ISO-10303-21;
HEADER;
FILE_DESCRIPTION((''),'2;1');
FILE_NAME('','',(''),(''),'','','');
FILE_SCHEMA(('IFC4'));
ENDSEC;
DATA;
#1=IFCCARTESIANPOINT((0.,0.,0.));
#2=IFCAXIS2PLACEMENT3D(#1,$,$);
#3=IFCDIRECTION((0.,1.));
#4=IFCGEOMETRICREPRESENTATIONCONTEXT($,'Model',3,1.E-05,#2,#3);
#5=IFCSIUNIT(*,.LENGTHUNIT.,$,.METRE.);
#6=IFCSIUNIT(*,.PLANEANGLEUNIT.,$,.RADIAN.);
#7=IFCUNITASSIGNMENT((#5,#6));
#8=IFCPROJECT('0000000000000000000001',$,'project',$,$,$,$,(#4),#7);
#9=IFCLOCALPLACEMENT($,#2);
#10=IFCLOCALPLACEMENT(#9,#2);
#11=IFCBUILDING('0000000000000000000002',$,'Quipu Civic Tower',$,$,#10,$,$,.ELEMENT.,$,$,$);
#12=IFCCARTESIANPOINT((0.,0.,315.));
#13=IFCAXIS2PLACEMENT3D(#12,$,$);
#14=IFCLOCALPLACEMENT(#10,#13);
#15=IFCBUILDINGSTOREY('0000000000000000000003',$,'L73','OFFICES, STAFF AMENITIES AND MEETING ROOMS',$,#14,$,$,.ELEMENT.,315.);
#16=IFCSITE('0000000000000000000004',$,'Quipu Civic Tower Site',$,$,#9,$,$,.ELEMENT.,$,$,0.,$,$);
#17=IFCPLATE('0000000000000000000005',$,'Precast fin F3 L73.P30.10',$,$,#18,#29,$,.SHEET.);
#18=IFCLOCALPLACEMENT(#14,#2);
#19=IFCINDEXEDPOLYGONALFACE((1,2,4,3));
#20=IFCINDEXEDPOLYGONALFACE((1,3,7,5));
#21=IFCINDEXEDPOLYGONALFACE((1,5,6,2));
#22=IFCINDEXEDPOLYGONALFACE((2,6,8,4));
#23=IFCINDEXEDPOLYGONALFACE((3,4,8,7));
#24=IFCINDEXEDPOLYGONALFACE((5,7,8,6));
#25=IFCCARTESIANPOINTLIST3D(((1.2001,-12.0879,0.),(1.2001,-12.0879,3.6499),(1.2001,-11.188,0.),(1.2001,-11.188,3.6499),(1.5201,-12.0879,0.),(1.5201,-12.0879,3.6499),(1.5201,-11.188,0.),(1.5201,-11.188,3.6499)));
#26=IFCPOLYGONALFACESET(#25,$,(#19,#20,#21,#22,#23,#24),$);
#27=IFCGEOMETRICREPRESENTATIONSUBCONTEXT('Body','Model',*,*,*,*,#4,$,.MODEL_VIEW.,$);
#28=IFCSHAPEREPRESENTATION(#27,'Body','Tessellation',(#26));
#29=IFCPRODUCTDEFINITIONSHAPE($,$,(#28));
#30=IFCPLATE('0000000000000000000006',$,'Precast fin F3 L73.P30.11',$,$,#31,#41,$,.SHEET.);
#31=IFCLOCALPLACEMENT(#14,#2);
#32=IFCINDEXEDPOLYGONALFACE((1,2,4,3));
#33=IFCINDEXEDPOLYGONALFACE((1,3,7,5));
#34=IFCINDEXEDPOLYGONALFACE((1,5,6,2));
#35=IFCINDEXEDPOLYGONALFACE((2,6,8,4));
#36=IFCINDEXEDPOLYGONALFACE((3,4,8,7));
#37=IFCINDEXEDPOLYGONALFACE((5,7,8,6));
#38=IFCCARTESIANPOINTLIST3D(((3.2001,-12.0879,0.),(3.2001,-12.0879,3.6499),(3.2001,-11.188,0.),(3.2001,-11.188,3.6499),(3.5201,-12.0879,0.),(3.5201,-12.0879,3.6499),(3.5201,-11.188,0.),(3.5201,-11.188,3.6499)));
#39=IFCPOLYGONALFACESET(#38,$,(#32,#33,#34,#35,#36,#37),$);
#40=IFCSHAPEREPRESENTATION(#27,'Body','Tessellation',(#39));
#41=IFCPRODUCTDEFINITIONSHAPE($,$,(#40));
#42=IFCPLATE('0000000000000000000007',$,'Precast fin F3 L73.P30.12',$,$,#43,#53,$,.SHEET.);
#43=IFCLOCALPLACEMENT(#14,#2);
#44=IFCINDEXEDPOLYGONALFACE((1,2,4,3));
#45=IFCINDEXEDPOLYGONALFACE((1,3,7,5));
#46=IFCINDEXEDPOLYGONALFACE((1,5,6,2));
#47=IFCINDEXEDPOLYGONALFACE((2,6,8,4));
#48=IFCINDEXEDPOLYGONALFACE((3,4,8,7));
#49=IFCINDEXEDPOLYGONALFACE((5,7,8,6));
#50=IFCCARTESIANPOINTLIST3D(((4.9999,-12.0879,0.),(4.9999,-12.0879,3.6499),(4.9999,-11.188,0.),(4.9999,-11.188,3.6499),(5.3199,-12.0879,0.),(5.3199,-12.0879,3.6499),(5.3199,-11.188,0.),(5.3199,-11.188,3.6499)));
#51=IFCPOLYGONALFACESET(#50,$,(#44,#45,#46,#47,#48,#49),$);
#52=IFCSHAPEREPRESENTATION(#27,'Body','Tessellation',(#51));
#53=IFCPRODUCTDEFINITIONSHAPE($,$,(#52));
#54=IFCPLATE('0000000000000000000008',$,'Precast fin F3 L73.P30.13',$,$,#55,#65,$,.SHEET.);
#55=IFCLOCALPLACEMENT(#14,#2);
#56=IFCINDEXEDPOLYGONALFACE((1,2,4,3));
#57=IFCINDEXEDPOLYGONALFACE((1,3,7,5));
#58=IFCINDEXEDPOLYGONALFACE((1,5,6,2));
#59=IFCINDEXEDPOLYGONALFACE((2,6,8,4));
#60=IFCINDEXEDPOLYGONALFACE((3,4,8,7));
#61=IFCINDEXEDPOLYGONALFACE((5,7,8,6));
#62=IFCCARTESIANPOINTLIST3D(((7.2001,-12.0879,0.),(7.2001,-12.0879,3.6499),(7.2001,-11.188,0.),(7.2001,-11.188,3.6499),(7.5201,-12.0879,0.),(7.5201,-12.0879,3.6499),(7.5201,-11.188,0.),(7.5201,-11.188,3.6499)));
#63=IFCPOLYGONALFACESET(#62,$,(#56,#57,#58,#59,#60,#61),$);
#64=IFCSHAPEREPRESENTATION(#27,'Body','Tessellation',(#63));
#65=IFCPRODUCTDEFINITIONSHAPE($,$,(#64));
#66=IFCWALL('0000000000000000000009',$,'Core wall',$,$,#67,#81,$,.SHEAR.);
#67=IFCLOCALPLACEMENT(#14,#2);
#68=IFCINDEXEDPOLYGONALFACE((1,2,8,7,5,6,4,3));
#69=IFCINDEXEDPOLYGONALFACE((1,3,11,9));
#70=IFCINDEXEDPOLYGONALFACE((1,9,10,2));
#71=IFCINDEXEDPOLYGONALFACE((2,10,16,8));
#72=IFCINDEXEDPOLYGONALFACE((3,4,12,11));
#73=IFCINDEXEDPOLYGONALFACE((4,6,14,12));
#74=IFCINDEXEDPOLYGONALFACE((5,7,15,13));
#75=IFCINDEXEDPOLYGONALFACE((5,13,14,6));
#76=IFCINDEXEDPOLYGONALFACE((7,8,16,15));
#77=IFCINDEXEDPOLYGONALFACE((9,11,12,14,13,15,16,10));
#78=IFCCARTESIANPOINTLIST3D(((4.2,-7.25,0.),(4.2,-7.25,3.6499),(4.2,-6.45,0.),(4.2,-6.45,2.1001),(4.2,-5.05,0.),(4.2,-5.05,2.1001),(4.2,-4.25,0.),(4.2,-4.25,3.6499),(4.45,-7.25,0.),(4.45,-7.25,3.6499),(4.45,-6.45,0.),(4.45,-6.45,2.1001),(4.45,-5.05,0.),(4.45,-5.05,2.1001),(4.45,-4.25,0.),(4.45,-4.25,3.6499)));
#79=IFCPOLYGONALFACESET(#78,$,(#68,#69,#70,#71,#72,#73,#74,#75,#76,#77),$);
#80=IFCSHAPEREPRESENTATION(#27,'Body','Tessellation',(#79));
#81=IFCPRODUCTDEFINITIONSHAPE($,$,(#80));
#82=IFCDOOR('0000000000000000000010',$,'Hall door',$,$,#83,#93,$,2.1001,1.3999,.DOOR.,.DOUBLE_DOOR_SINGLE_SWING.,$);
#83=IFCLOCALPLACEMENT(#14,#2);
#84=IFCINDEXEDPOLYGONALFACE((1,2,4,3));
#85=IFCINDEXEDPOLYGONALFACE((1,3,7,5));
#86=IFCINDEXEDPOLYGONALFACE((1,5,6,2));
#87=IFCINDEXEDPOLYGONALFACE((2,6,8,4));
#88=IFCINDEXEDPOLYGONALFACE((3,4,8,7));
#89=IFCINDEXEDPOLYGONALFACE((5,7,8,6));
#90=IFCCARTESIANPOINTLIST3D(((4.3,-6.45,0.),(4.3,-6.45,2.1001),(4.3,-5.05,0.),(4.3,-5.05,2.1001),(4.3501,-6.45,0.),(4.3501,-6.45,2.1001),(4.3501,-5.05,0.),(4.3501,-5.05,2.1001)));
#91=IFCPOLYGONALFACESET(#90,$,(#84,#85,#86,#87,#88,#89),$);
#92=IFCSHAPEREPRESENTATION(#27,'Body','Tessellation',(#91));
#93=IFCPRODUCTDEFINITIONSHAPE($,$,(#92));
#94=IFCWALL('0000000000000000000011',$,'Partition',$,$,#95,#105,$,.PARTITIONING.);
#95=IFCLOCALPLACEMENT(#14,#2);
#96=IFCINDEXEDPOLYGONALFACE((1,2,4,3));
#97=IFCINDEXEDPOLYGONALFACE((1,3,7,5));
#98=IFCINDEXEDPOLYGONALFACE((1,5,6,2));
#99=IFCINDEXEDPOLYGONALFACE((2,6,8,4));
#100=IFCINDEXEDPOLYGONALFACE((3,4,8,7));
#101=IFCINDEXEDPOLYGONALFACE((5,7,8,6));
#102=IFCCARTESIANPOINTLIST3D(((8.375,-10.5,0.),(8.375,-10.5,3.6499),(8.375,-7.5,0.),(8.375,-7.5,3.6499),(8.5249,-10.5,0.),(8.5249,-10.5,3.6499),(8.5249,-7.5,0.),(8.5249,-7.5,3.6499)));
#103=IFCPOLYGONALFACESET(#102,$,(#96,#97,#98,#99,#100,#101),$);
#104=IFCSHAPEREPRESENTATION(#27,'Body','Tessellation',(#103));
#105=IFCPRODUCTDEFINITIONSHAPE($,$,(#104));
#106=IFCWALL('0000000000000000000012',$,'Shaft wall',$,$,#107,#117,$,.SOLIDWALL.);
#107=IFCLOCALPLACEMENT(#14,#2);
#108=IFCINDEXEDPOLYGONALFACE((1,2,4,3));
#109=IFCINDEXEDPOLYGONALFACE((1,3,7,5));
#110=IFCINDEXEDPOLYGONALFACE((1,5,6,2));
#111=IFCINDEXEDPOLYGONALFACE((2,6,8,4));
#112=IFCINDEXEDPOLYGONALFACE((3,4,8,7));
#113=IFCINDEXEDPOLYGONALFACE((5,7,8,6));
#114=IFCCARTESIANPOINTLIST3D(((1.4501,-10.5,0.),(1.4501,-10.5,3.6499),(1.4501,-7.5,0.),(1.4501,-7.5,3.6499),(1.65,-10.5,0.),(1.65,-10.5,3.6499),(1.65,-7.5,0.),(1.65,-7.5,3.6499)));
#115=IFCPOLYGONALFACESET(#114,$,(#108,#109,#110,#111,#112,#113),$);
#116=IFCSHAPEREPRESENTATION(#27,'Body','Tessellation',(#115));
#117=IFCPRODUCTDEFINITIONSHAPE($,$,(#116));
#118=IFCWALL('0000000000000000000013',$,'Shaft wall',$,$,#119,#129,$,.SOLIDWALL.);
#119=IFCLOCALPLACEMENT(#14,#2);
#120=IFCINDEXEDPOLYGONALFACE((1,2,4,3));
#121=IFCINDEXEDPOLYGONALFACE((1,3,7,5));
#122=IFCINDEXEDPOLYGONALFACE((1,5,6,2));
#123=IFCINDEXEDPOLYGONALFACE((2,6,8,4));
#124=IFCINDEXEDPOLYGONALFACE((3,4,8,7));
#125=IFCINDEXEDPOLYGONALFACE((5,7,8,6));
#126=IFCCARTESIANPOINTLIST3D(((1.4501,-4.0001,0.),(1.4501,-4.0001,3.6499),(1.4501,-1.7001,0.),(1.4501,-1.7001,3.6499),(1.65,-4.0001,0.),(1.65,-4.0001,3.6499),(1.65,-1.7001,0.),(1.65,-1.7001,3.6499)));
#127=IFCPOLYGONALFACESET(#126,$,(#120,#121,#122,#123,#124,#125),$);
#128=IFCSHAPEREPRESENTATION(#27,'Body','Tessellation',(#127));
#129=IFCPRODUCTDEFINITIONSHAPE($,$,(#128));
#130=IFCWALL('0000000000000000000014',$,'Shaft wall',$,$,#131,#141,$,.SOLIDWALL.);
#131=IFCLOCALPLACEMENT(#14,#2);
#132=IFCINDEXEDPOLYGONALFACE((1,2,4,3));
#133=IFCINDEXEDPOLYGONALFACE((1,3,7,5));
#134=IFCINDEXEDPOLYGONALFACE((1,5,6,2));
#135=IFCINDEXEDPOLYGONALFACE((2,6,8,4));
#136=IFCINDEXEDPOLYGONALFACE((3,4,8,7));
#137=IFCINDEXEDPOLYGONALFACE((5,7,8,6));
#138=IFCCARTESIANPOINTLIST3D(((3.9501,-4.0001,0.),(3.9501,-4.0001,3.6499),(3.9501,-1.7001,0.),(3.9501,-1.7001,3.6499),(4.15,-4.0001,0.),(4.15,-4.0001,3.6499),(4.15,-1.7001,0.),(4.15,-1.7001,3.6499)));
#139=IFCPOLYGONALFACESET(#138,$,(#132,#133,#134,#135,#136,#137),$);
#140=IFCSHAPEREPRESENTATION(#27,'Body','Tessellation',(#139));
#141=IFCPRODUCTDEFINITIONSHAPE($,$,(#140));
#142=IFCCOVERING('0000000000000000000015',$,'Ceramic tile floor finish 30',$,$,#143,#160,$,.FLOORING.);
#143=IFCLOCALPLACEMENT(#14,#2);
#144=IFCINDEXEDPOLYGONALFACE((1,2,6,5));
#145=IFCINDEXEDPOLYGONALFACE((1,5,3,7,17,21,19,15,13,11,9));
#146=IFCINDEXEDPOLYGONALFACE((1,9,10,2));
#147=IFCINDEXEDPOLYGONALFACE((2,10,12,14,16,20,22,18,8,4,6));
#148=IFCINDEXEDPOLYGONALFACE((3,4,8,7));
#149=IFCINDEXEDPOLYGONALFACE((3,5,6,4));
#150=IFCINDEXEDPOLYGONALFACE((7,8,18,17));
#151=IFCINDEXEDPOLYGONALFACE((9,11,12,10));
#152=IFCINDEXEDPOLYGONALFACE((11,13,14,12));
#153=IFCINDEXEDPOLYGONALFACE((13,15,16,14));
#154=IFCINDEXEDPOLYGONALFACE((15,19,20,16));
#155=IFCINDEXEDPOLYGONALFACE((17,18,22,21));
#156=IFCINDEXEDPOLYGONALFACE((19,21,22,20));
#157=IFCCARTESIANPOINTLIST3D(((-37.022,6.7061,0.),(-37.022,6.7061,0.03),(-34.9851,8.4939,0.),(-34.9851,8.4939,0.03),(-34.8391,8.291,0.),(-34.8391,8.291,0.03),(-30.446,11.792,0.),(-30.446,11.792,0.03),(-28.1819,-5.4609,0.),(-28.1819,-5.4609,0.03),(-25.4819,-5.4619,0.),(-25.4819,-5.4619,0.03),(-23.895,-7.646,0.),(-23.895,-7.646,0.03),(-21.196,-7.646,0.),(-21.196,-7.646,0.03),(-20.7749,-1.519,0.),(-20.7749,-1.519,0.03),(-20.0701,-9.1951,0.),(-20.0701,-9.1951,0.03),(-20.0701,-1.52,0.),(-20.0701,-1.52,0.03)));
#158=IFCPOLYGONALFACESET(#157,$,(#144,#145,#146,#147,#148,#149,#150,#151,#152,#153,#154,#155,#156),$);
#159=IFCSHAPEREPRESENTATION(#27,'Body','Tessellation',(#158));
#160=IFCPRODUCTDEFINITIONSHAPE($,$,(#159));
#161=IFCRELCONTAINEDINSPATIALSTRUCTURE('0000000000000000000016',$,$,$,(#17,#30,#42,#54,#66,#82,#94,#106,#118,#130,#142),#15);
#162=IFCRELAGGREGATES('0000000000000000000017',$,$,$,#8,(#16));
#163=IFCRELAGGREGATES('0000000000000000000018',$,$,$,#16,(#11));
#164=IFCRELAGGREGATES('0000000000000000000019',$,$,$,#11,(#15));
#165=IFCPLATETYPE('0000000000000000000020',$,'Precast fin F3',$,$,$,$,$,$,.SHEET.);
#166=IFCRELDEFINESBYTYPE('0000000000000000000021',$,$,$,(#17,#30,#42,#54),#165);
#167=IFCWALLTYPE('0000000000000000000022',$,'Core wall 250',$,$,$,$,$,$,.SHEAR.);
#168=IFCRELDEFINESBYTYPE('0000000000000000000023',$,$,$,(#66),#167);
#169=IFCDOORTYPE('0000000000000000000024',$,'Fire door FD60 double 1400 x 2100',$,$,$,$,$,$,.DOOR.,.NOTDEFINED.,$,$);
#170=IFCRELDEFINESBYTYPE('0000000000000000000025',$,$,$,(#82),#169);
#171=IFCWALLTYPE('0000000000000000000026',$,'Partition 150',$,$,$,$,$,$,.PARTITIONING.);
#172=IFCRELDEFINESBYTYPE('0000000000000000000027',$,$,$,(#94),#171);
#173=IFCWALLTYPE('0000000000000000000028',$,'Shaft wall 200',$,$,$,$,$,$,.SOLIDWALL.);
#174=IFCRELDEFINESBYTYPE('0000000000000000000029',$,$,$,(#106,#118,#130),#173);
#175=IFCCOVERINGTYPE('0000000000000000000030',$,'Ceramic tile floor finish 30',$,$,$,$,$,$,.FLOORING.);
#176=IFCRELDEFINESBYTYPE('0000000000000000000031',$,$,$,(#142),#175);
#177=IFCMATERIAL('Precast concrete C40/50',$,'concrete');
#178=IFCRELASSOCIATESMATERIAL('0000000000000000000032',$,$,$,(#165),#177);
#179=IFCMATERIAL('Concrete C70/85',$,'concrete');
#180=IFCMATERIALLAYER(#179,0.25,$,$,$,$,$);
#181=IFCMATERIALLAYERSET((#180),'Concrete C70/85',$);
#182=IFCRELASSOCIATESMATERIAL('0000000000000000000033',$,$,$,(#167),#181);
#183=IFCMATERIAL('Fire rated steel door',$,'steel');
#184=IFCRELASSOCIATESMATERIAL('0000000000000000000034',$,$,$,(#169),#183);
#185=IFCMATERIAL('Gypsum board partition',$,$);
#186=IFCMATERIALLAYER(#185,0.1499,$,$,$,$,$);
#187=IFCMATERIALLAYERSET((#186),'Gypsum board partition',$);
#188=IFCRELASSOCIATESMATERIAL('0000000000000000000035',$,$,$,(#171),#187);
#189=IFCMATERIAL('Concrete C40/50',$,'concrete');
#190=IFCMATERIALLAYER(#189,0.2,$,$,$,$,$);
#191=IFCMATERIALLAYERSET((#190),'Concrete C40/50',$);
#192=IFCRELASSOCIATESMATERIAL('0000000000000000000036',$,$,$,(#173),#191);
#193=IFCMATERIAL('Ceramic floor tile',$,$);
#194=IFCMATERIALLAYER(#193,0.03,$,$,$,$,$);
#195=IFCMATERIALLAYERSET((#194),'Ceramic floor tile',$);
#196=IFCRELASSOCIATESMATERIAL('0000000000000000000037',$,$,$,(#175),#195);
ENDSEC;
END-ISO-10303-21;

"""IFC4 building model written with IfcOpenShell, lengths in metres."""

from ifc_helpers import new_model, si_unit, direction, frame, frame_2d, origin, origin_2d, place, context, subcontext, project, spatial, polyline, rectangle, outline, extrude, material, layer, layer_set, type_object, element, fill, save


model = new_model("IFC4")

# Units and contexts
model_context = context("Model", 3, precision=1e-05, world=origin(), true_north=direction((0.0, 1.0)))
body_context = subcontext(model_context, "Body", "Model", "MODEL_VIEW")
ifc_project = project(units=[si_unit("LENGTHUNIT", "METRE"), si_unit("PLANEANGLEUNIT", "RADIAN")], contexts=[model_context])

# Site, building, storey
site_placement = place(None, origin())
site = spatial("IfcSite", under=ifc_project, at=site_placement, Name="Quipu Civic Tower Site", CompositionType="ELEMENT", RefElevation=0.0)
building_placement = place(site_placement, origin())
building = spatial("IfcBuilding", under=site, at=building_placement, Name="Quipu Civic Tower", CompositionType="ELEMENT")
storey_placement = place(building_placement, frame((0.0, 0.0, 315.0)))
storey = spatial("IfcBuildingStorey", under=building, at=storey_placement, Name="L73", Description="OFFICES, STAFF AMENITIES AND MEETING ROOMS", CompositionType="ELEMENT", Elevation=315.0)

# Plates
ifc_material_1 = material(Name="Precast concrete C40/50", Category="concrete")
plate_type = type_object("IfcPlateType", Name="Precast fin F3", PredefinedType="SHEET", material=ifc_material_1)
for number, where, z_axis, x_axis, name in (
    (1, (1.3601, -11.6379, 0.0), (0.0, 0.0, 1.0), (1.0, 0.0, 0.0), "Precast fin F3 L73.P30.10"),
    (2, (3.3601, -11.6379, 0.0), (0.0, 0.0, 1.0), (1.0, 0.0, 0.0), "Precast fin F3 L73.P30.11"),
    (3, (5.1599, -11.6379, 0.0), (0.0, 0.0, 1.0), (1.0, 0.0, 0.0), "Precast fin F3 L73.P30.12"),
    (4, (7.3601, -11.6379, 0.0), (0.0, 0.0, 1.0), (1.0, 0.0, 0.0), "Precast fin F3 L73.P30.13"),
):
    element("IfcPlate", number, at=place(storey_placement, frame(where, z_axis=z_axis, x_axis=x_axis)), inside=storey, type_object=plate_type, Name=name, PredefinedType="SHEET", context=body_context, shape_type="SweptSolid", body=[
        extrude(rectangle(XDim=0.3201, YDim=0.8999, at=origin_2d()), origin(), (0.0, 0.0, 1.0), 3.6499),
    ])

# Wall, opening, door
ifc_material_2 = material(Name="Concrete C70/85", Category="concrete")
ifc_layer_1 = layer(ifc_material_2, 0.25)
ifc_layer_set_1 = layer_set([ifc_layer_1], Name="Concrete C70/85")
wall_type_1 = type_object("IfcWallType", Name="Core wall 250", PredefinedType="SHEAR", material=ifc_layer_set_1)
wall_1_placement = place(storey_placement, frame((4.325, -7.25, 0.0), z_axis=(0.0, 0.0, 1.0), x_axis=(0.0, 1.0, 0.0)))
wall_1 = element("IfcWall", 5, at=wall_1_placement, inside=storey, type_object=wall_type_1, Name="Core wall", PredefinedType="SHEAR", context=body_context, shape_type="SweptSolid", body=[
    extrude(rectangle(XDim=3.0, YDim=0.25, at=frame_2d((1.5, 0.0))), origin(), (0.0, 0.0, 1.0), 3.6499),
])
opening_placement = place(wall_1_placement, frame((0.8, 0.0, 0.0)))
opening = element("IfcOpeningElement", 6, at=opening_placement, cuts=wall_1, PredefinedType="OPENING", context=body_context, shape_type="SweptSolid", body=[
    extrude(rectangle(XDim=1.3999, YDim=2.1001, at=frame_2d((0.7, 1.05))), frame((0.0, 0.135, 0.0), z_axis=(0.0, -1.0, 0.0), x_axis=(1.0, 0.0, 0.0)), (0.0, 0.0, 1.0), 0.27),
])
ifc_material_3 = material(Name="Fire rated steel door", Category="steel")
door_type = type_object("IfcDoorType", Name="Fire door FD60 double 1400 x 2100", OperationType="NOTDEFINED", PredefinedType="DOOR", material=ifc_material_3)
door_placement = place(opening_placement, origin())
door = element("IfcDoor", 7, at=door_placement, inside=storey, type_object=door_type, Name="Hall door", OperationType="DOUBLE_DOOR_SINGLE_SWING", OverallHeight=2.1001, OverallWidth=1.3999, PredefinedType="DOOR", context=body_context, shape_type="SweptSolid", body=[
    extrude(rectangle(XDim=1.3999, YDim=2.1001, at=frame_2d((0.7, 1.05))), frame((0.0, 0.0249, 0.0), z_axis=(0.0, -1.0, 0.0), x_axis=(1.0, 0.0, 0.0)), (0.0, 0.0, 1.0), 0.05),
])
fill(opening, door)

# Walls
ifc_material_4 = material(Name="Gypsum board partition")
ifc_layer_2 = layer(ifc_material_4, 0.1499)
ifc_layer_set_2 = layer_set([ifc_layer_2], Name="Gypsum board partition")
wall_type_2 = type_object("IfcWallType", Name="Partition 150", PredefinedType="PARTITIONING", material=ifc_layer_set_2)
wall_2_placement = place(storey_placement, frame((8.45, -10.5, 0.0), z_axis=(0.0, 0.0, 1.0), x_axis=(0.0, 1.0, 0.0)))
element("IfcWall", 8, at=wall_2_placement, inside=storey, type_object=wall_type_2, Name="Partition", PredefinedType="PARTITIONING", context=body_context, shape_type="SweptSolid", body=[
    extrude(rectangle(XDim=3.0, YDim=0.1499, at=frame_2d((1.5, 0.0))), origin(), (0.0, 0.0, 1.0), 3.6499),
])
ifc_material_5 = material(Name="Concrete C40/50", Category="concrete")
ifc_layer_3 = layer(ifc_material_5, 0.2)
ifc_layer_set_3 = layer_set([ifc_layer_3], Name="Concrete C40/50")
wall_type_3 = type_object("IfcWallType", Name="Shaft wall 200", PredefinedType="SOLIDWALL", material=ifc_layer_set_3)
wall_3_placement = place(storey_placement, frame((1.55, -10.5, 0.0), z_axis=(0.0, 0.0, 1.0), x_axis=(0.0, 1.0, 0.0)))
element("IfcWall", 9, at=wall_3_placement, inside=storey, type_object=wall_type_3, Name="Shaft wall", PredefinedType="SOLIDWALL", context=body_context, shape_type="SweptSolid", body=[
    extrude(rectangle(XDim=3.0, YDim=0.2, at=frame_2d((1.5, 0.0))), origin(), (0.0, 0.0, 1.0), 3.6499),
])
for number, where, z_axis, x_axis, name in (
    (10, (1.55, -4.0, 0.0), (0.0, 0.0, 1.0), (0.0, 1.0, 0.0), "Shaft wall"),
    (11, (4.05, -4.0, 0.0), (0.0, 0.0, 1.0), (0.0, 1.0, 0.0), "Shaft wall"),
):
    element("IfcWall", number, at=place(storey_placement, frame(where, z_axis=z_axis, x_axis=x_axis)), inside=storey, type_object=wall_type_3, Name=name, PredefinedType="SOLIDWALL", context=body_context, shape_type="SweptSolid", body=[
        extrude(rectangle(XDim=2.3, YDim=0.2, at=frame_2d((1.1499, 0.0))), origin(), (0.0, 0.0, 1.0), 3.6499),
    ])

# Covering
ifc_material_6 = material(Name="Ceramic floor tile")
ifc_layer_4 = layer(ifc_material_6, 0.03)
ifc_layer_set_4 = layer_set([ifc_layer_4], Name="Ceramic floor tile")
covering_type = type_object("IfcCoveringType", Name="Ceramic tile floor finish 30", PredefinedType="FLOORING", material=ifc_layer_set_4)
covering_placement = place(storey_placement, origin())
element("IfcCovering", 12, at=covering_placement, inside=storey, type_object=covering_type, Name="Ceramic tile floor finish 30", PredefinedType="FLOORING", context=body_context, shape_type="SweptSolid", body=[
    extrude(outline(polyline([(-37.022, 6.7061), (-34.8391, 8.291), (-34.9851, 8.4939), (-30.446, 11.792), (-20.7749, -1.519), (-20.0701, -1.52), (-20.0701, -9.1951), (-21.196, -7.646), (-23.895, -7.646), (-25.4819, -5.4619), (-28.1819, -5.4609), (-37.022, 6.7061)])), origin(), (0.0, 0.0, 1.0), 0.03),
])

save(model, "model.ifc")
